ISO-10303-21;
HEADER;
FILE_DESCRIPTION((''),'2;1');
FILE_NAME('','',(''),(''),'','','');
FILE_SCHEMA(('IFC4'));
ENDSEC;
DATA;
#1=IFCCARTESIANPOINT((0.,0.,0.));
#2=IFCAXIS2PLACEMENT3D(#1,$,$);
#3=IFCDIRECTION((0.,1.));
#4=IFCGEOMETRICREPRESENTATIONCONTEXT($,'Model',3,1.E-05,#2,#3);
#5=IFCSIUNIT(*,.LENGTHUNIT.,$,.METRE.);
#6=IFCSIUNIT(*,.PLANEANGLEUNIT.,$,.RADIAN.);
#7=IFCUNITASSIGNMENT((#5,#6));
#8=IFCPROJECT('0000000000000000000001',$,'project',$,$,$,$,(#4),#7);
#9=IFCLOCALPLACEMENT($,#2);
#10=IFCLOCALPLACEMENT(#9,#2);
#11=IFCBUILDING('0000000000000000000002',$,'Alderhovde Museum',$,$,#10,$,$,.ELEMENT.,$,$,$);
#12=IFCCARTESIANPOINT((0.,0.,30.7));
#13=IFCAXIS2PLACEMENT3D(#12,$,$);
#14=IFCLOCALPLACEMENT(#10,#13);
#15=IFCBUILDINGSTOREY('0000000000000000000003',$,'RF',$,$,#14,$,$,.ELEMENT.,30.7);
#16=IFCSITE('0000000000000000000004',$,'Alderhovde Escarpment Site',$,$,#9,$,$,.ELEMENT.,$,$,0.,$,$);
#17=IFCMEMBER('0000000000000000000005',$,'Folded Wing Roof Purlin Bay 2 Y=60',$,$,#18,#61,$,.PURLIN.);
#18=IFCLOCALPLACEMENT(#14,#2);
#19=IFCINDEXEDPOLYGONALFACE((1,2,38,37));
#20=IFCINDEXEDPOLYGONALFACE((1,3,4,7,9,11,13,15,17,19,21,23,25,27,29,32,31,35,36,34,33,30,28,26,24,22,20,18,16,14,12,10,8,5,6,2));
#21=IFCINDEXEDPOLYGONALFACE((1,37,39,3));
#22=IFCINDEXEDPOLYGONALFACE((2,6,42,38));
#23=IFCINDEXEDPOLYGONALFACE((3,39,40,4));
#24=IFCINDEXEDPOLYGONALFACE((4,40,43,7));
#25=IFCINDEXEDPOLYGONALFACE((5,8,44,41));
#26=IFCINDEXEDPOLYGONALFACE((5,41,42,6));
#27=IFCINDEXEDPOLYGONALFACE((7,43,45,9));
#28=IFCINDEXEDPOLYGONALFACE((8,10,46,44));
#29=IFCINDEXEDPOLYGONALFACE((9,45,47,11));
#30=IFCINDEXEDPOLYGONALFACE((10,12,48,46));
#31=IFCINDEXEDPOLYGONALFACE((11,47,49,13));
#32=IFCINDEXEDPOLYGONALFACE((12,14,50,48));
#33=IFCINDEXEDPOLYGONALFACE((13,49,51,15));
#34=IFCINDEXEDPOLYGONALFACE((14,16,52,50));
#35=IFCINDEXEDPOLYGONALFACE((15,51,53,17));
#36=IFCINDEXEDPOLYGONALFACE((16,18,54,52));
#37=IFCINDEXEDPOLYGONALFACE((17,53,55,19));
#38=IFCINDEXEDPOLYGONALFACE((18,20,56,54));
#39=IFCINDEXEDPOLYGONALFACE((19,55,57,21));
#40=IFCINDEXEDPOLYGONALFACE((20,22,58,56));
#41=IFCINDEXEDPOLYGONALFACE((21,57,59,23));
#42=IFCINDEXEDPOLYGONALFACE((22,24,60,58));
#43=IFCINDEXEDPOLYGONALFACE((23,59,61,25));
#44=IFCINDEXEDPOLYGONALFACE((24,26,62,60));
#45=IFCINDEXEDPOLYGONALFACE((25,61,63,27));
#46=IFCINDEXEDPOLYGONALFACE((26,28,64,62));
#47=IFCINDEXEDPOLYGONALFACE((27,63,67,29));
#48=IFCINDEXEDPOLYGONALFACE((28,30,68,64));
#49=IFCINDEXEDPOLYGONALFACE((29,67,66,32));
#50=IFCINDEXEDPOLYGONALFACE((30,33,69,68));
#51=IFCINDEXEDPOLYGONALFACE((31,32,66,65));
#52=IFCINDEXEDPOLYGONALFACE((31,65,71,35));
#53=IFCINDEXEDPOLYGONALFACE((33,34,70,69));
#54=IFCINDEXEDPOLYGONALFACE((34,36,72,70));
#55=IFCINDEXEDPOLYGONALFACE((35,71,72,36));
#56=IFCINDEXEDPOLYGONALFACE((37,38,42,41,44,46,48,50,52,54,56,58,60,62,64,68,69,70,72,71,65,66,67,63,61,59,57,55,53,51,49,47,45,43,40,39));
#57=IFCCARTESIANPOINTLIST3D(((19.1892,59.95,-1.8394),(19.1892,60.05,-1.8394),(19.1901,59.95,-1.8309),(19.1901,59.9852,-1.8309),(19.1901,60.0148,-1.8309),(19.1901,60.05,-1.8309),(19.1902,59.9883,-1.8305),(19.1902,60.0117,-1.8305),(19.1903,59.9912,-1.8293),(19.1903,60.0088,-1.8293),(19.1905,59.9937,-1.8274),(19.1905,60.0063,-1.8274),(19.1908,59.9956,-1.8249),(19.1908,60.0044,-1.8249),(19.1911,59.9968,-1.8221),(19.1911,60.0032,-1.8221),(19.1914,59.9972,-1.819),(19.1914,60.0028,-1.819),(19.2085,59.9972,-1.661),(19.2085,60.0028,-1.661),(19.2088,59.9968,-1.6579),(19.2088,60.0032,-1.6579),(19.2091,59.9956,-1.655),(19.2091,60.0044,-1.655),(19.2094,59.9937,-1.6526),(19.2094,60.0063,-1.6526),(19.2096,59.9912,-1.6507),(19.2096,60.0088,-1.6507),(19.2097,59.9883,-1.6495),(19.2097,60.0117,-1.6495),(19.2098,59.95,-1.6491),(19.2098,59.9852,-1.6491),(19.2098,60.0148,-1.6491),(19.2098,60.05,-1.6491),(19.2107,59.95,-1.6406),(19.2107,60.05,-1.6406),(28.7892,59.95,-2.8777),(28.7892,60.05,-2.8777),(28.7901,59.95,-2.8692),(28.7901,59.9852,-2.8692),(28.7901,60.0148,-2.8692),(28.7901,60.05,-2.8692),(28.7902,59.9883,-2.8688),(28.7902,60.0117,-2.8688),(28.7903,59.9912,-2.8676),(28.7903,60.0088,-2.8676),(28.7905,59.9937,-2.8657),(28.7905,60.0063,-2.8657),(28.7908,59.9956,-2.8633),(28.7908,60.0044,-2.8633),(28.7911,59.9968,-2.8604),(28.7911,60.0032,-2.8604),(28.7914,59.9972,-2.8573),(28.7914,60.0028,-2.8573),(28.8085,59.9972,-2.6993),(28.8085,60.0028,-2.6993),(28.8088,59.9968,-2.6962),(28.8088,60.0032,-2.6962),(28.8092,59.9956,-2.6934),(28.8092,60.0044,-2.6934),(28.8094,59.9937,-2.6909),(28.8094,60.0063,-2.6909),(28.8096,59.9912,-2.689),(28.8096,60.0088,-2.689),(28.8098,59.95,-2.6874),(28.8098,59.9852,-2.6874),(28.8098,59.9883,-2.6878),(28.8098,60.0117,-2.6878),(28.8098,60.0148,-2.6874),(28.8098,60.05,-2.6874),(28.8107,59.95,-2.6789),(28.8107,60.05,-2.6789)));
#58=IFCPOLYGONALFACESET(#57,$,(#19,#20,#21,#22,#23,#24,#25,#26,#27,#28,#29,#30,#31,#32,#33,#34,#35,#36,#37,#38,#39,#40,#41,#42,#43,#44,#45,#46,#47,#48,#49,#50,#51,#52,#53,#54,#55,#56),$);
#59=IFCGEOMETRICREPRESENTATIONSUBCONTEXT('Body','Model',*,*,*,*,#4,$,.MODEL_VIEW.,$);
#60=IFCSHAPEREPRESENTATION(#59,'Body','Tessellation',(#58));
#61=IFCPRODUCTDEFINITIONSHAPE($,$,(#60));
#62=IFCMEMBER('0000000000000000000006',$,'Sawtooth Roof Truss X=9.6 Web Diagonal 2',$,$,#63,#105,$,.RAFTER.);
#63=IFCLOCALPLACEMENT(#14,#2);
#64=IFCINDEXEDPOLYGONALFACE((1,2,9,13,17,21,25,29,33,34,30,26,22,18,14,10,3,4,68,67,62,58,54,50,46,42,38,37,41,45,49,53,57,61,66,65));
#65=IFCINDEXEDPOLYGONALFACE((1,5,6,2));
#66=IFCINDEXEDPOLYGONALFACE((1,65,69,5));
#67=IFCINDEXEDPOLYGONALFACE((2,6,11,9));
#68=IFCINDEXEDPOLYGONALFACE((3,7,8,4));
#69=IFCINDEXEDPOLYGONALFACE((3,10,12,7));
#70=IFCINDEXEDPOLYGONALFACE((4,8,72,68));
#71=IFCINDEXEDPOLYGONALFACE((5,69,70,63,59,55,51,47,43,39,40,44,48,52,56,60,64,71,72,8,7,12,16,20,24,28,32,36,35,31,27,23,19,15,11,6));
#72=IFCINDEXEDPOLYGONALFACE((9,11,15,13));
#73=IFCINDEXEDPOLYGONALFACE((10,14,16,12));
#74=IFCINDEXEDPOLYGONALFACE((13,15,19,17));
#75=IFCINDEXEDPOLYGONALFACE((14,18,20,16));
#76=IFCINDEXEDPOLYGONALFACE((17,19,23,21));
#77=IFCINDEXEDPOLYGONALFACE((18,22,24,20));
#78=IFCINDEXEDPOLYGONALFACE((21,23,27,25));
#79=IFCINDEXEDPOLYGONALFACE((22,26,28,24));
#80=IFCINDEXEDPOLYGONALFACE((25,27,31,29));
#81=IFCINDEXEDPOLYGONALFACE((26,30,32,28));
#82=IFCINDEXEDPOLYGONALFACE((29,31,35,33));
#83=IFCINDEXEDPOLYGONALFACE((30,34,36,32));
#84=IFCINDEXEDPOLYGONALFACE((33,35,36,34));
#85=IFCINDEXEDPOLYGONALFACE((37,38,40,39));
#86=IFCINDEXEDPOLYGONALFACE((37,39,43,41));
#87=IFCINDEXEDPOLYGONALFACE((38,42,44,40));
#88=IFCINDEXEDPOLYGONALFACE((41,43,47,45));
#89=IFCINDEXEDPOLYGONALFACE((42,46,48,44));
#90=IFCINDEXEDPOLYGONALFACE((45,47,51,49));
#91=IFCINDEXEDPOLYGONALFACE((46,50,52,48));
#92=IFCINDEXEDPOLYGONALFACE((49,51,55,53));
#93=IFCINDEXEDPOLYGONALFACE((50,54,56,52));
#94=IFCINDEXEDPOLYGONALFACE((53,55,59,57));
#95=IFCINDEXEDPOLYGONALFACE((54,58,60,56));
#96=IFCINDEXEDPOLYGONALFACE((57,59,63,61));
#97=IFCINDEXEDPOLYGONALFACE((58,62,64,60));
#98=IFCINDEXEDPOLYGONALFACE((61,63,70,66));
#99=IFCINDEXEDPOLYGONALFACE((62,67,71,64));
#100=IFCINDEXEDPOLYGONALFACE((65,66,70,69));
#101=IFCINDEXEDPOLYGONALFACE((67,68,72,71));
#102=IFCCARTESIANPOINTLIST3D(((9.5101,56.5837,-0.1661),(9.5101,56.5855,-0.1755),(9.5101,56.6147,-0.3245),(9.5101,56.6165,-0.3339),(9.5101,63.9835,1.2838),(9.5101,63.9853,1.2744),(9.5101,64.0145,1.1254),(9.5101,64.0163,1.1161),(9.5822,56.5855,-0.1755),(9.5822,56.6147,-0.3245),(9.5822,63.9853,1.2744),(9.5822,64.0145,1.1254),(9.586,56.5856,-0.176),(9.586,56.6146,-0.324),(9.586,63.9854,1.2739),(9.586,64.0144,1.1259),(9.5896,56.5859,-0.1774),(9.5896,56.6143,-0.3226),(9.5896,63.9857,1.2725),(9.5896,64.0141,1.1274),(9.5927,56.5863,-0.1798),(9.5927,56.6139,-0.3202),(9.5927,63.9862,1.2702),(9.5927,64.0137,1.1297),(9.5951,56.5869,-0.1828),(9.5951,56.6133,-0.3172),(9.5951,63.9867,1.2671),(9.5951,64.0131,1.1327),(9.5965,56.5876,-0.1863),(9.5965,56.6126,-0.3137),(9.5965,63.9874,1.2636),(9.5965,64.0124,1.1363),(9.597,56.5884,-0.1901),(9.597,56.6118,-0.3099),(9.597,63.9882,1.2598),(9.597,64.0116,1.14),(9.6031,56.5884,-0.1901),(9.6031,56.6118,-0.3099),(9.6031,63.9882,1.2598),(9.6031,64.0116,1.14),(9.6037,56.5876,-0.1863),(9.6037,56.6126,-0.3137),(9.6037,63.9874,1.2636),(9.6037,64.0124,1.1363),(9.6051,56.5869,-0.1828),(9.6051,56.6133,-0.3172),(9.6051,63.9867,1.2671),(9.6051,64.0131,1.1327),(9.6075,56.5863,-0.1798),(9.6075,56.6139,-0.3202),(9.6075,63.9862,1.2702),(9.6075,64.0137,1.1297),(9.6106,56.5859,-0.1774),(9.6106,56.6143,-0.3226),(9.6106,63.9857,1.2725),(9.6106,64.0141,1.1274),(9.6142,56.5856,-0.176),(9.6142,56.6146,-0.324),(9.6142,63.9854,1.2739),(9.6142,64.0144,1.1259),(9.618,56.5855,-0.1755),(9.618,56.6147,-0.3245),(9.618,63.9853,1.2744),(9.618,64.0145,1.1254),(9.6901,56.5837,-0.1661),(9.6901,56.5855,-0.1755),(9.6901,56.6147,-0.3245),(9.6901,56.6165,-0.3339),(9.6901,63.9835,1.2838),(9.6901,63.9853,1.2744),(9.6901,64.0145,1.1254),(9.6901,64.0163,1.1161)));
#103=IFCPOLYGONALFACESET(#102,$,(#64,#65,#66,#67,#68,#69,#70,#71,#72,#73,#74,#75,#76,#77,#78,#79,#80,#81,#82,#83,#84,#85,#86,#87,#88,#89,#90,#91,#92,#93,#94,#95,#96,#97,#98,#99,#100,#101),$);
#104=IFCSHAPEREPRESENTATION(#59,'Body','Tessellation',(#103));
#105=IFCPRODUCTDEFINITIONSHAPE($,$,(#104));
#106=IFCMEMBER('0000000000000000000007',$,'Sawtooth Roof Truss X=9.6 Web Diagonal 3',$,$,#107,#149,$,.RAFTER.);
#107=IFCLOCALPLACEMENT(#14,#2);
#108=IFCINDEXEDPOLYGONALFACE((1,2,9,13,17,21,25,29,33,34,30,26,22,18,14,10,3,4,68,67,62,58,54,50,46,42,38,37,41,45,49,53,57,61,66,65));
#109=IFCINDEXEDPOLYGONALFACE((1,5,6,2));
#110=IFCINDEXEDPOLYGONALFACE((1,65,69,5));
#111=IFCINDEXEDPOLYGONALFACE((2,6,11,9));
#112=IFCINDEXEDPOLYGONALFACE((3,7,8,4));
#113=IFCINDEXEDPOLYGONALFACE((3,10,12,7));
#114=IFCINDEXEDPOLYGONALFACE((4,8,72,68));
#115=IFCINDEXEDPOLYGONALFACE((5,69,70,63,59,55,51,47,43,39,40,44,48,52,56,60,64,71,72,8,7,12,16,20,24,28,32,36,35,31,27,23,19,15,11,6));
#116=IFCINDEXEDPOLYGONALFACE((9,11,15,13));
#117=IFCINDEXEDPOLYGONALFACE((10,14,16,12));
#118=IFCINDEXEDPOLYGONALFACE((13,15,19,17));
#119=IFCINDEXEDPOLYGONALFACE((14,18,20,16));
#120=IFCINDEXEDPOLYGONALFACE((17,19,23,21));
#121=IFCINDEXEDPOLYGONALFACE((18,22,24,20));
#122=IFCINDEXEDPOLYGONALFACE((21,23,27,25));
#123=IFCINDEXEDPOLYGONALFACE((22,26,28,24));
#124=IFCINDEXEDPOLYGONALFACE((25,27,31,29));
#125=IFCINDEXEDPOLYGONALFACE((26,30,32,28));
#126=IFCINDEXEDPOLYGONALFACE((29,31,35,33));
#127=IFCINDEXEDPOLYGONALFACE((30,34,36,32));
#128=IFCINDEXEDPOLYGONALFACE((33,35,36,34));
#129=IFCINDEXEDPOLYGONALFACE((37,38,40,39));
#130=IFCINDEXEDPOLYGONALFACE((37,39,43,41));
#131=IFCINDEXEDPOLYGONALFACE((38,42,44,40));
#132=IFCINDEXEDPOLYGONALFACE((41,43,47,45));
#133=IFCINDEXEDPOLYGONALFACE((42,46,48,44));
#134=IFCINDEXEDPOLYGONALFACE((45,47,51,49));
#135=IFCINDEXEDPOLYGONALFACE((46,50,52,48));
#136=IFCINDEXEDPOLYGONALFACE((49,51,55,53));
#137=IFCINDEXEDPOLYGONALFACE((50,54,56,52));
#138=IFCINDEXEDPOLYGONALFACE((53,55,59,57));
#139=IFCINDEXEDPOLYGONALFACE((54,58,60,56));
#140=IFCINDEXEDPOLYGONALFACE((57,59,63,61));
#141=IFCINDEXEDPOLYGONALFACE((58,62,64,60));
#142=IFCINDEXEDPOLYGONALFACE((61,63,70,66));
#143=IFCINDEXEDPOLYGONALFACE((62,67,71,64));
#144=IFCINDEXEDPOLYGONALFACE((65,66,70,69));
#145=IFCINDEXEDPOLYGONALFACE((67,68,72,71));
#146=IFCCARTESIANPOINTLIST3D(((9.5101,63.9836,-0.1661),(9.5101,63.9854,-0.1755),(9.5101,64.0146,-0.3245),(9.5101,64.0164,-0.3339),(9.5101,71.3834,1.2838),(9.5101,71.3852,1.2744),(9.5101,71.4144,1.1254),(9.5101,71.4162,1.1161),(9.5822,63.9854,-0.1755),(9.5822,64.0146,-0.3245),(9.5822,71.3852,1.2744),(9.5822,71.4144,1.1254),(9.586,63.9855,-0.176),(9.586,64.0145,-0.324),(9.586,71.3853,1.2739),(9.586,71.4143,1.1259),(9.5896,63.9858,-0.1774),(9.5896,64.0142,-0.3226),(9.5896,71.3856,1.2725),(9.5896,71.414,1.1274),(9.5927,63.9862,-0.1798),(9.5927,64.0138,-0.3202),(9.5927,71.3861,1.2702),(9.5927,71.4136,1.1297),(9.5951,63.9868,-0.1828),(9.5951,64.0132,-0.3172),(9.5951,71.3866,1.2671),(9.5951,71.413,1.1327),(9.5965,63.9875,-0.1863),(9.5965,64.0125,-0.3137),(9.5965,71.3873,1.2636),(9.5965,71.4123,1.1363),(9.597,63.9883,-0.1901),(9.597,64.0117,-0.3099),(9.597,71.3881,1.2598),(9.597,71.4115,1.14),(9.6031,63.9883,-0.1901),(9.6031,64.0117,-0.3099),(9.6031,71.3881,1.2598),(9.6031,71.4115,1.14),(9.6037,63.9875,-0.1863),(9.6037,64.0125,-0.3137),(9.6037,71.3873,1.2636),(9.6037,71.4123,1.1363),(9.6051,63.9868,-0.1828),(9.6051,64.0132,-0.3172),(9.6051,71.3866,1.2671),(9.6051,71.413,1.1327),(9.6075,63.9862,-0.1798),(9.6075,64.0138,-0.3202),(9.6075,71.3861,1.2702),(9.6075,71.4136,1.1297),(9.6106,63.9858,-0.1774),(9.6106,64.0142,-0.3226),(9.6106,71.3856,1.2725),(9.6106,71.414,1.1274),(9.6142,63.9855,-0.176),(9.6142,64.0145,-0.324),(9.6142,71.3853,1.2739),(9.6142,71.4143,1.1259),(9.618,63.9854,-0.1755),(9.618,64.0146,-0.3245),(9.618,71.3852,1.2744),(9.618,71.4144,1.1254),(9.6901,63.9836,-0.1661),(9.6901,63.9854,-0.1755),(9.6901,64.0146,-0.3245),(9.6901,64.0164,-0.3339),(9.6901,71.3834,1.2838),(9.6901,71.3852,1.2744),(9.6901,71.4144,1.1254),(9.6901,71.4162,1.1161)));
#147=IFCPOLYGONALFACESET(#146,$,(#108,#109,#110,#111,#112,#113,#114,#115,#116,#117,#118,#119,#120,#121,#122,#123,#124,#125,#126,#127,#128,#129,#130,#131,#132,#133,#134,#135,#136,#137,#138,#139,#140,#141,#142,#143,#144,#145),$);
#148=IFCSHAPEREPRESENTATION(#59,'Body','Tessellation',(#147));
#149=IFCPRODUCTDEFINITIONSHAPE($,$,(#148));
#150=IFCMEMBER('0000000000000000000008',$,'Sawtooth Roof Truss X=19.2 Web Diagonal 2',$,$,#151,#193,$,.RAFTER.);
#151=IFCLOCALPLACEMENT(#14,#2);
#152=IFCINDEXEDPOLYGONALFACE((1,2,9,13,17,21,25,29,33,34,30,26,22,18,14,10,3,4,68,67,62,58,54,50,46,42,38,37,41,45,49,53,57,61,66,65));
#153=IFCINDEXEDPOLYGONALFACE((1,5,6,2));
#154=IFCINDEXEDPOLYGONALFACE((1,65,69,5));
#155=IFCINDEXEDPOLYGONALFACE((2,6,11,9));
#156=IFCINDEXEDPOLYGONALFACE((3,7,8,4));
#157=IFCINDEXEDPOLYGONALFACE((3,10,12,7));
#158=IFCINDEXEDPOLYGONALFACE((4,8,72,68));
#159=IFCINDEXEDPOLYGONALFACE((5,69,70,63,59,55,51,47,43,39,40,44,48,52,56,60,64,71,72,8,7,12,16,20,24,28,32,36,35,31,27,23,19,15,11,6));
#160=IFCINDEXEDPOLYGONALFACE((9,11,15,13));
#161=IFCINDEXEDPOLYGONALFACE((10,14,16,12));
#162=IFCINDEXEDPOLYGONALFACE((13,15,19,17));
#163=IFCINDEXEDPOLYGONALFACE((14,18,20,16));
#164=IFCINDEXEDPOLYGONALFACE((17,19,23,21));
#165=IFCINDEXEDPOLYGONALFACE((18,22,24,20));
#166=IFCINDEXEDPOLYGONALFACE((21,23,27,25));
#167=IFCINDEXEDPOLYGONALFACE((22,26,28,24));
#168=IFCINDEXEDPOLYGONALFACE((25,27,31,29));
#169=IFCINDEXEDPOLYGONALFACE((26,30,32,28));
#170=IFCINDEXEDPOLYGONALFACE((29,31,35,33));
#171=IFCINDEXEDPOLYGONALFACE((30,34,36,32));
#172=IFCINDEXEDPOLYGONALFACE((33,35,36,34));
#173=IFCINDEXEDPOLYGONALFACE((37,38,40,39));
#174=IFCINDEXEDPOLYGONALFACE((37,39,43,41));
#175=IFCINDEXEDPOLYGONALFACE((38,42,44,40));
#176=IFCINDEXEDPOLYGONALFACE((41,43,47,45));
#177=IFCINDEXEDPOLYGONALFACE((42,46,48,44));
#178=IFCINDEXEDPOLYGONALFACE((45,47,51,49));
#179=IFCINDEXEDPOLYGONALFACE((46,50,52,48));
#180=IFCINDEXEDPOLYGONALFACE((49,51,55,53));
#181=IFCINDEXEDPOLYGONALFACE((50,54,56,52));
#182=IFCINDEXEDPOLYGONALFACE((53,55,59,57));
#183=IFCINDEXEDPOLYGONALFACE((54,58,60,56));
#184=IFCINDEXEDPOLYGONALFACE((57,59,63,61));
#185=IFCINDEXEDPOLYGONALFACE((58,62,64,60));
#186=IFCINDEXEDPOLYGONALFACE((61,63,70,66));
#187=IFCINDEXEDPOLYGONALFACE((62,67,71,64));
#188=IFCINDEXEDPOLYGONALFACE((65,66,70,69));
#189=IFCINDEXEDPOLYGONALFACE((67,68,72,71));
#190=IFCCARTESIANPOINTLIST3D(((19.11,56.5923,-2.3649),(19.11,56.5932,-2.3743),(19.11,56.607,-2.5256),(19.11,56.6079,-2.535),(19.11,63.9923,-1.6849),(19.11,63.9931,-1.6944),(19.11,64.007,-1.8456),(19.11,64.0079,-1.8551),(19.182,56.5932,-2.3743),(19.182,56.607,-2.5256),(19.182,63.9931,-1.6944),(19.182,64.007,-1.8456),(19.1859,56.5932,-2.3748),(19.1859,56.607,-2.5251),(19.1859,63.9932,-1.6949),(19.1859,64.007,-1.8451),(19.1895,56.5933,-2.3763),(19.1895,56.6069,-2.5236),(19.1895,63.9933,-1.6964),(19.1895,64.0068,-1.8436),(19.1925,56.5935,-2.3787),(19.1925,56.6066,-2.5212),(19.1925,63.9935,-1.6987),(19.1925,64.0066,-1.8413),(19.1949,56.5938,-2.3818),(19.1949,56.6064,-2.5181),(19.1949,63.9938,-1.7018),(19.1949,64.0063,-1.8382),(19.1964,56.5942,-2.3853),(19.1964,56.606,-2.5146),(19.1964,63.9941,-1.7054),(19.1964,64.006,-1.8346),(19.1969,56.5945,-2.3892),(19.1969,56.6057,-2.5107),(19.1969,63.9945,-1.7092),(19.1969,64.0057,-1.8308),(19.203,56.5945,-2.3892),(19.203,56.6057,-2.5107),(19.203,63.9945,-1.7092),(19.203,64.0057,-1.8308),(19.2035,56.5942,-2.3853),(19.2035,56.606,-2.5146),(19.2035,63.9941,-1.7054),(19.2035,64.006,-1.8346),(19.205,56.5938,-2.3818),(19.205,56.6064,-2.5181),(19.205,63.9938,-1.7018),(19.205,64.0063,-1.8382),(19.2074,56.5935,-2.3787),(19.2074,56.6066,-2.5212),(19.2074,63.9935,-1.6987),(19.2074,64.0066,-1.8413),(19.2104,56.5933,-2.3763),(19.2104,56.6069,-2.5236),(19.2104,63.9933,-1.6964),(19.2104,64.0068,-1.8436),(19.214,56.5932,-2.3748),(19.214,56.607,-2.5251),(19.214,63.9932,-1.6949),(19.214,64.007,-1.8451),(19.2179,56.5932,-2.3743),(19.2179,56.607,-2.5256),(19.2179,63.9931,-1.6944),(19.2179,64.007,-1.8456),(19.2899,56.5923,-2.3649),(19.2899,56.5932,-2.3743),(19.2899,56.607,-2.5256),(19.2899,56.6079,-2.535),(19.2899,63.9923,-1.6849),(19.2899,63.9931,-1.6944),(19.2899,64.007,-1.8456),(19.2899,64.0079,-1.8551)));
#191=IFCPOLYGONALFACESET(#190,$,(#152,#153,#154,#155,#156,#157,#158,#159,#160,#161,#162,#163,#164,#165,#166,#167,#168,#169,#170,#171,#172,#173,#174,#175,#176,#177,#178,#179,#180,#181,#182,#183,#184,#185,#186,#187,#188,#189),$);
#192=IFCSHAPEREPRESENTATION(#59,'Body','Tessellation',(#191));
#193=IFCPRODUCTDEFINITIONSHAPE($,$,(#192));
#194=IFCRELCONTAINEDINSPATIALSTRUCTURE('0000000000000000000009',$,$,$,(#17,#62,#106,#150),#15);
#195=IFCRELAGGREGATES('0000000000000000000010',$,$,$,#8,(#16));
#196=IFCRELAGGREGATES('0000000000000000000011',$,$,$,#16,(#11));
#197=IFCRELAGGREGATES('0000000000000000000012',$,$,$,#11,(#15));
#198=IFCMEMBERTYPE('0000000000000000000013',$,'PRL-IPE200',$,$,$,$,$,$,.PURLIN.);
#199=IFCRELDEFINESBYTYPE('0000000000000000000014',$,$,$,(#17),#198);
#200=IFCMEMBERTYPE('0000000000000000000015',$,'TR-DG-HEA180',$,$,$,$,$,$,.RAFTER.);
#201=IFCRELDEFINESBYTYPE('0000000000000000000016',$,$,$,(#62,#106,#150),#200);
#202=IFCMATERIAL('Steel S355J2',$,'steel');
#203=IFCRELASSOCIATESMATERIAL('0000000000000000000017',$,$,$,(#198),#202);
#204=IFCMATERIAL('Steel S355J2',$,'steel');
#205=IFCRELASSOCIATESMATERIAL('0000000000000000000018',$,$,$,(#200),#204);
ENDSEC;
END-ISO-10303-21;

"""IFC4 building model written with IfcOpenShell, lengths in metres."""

from ifc_helpers import new_model, si_unit, direction, frame, origin, origin_2d, place, context, subcontext, project, spatial, i_section, extrude, material, material_profile, profile_set, type_object, element, save


model = new_model("IFC4")

# Units and contexts
model_context = context("Model", 3, precision=1e-05, world=origin(), true_north=direction((0.0, 1.0)))
body_context = subcontext(model_context, "Body", "Model", "MODEL_VIEW")
ifc_project = project(units=[si_unit("LENGTHUNIT", "METRE"), si_unit("PLANEANGLEUNIT", "RADIAN")], contexts=[model_context])

# Site, building, storey
site_placement = place(None, origin())
site = spatial("IfcSite", under=ifc_project, at=site_placement, Name="Alderhovde Escarpment Site", CompositionType="ELEMENT", RefElevation=0.0)
building_placement = place(site_placement, origin())
building = spatial("IfcBuilding", under=site, at=building_placement, Name="Alderhovde Museum", CompositionType="ELEMENT")
storey_placement = place(building_placement, frame((0.0, 0.0, 30.7)))
storey = spatial("IfcBuildingStorey", under=building, at=storey_placement, Name="RF", CompositionType="ELEMENT", Elevation=30.7)

# Members
ifc_material_1 = material(Name="Steel S355J2", Category="steel")
ifc_material_profile_1 = material_profile(ifc_material_1, i_section(OverallWidth=0.1001, OverallDepth=0.2, WebThickness=0.0056, FlangeThickness=0.0085, FilletRadius=0.012, at=origin_2d()), Name="IPE 200")
ifc_profile_set_1 = profile_set([ifc_material_profile_1], Name="Steel S355J2")
member_type_1 = type_object("IfcMemberType", Name="PRL-IPE200", PredefinedType="PURLIN", material=ifc_profile_set_1)
member_1_placement = place(storey_placement, frame((19.2, 60.0, -1.74), z_axis=(0.994202, 0.0, -0.107531), x_axis=(0.0, 1.0, 0.0)))
element("IfcMember", 1, at=member_1_placement, inside=storey, type_object=member_type_1, Name="Folded Wing Roof Purlin Bay 2 Y=60", PredefinedType="PURLIN", context=body_context, shape_type="SweptSolid", body=[
    extrude(i_section(OverallWidth=0.1001, OverallDepth=0.2, WebThickness=0.0056, FlangeThickness=0.0085, FilletRadius=0.012, at=origin_2d()), origin(), (0.0, 0.0, 1.0), 9.656),
])
ifc_material_2 = material(Name="Steel S355J2", Category="steel")
ifc_material_profile_2 = material_profile(ifc_material_2, i_section(OverallWidth=0.1799, OverallDepth=0.1709, WebThickness=0.0061, FlangeThickness=0.0095, FilletRadius=0.0149, at=origin_2d()), Name="HEA 180")
ifc_profile_set_2 = profile_set([ifc_material_profile_2], Name="Steel S355J2")
member_type_2 = type_object("IfcMemberType", Name="TR-DG-HEA180", PredefinedType="RAFTER", material=ifc_profile_set_2)
for number, where, z_axis, x_axis, name in (
    (2, (9.6001, 56.6001, -0.25), (0.0, 0.981339, 0.192285), (-1.0, 0.0, 0.0), "Sawtooth Roof Truss X=9.6 Web Diagonal 2"),
    (3, (9.6001, 64.0, -0.25), (0.0, 0.981339, 0.192285), (-1.0, 0.0, 0.0), "Sawtooth Roof Truss X=9.6 Web Diagonal 3"),
):
    element("IfcMember", number, at=place(storey_placement, frame(where, z_axis=z_axis, x_axis=x_axis)), inside=storey, type_object=member_type_2, Name=name, PredefinedType="RAFTER", context=body_context, shape_type="SweptSolid", body=[
        extrude(i_section(OverallWidth=0.1799, OverallDepth=0.1709, WebThickness=0.0061, FlangeThickness=0.0095, FilletRadius=0.0149, at=origin_2d()), origin(), (0.0, 0.0, 1.0), 7.5405),
    ])
member_2_placement = place(storey_placement, frame((19.2, 56.6001, -2.45), z_axis=(0.0, 0.995805, 0.091498), x_axis=(-1.0, 0.0, 0.0)))
element("IfcMember", 4, at=member_2_placement, inside=storey, type_object=member_type_2, Name="Sawtooth Roof Truss X=19.2 Web Diagonal 2", PredefinedType="RAFTER", context=body_context, shape_type="SweptSolid", body=[
    extrude(i_section(OverallWidth=0.1799, OverallDepth=0.1709, WebThickness=0.0061, FlangeThickness=0.0095, FilletRadius=0.0149, at=origin_2d()), origin(), (0.0, 0.0, 1.0), 7.4312),
])

save(model, "model.ifc")
